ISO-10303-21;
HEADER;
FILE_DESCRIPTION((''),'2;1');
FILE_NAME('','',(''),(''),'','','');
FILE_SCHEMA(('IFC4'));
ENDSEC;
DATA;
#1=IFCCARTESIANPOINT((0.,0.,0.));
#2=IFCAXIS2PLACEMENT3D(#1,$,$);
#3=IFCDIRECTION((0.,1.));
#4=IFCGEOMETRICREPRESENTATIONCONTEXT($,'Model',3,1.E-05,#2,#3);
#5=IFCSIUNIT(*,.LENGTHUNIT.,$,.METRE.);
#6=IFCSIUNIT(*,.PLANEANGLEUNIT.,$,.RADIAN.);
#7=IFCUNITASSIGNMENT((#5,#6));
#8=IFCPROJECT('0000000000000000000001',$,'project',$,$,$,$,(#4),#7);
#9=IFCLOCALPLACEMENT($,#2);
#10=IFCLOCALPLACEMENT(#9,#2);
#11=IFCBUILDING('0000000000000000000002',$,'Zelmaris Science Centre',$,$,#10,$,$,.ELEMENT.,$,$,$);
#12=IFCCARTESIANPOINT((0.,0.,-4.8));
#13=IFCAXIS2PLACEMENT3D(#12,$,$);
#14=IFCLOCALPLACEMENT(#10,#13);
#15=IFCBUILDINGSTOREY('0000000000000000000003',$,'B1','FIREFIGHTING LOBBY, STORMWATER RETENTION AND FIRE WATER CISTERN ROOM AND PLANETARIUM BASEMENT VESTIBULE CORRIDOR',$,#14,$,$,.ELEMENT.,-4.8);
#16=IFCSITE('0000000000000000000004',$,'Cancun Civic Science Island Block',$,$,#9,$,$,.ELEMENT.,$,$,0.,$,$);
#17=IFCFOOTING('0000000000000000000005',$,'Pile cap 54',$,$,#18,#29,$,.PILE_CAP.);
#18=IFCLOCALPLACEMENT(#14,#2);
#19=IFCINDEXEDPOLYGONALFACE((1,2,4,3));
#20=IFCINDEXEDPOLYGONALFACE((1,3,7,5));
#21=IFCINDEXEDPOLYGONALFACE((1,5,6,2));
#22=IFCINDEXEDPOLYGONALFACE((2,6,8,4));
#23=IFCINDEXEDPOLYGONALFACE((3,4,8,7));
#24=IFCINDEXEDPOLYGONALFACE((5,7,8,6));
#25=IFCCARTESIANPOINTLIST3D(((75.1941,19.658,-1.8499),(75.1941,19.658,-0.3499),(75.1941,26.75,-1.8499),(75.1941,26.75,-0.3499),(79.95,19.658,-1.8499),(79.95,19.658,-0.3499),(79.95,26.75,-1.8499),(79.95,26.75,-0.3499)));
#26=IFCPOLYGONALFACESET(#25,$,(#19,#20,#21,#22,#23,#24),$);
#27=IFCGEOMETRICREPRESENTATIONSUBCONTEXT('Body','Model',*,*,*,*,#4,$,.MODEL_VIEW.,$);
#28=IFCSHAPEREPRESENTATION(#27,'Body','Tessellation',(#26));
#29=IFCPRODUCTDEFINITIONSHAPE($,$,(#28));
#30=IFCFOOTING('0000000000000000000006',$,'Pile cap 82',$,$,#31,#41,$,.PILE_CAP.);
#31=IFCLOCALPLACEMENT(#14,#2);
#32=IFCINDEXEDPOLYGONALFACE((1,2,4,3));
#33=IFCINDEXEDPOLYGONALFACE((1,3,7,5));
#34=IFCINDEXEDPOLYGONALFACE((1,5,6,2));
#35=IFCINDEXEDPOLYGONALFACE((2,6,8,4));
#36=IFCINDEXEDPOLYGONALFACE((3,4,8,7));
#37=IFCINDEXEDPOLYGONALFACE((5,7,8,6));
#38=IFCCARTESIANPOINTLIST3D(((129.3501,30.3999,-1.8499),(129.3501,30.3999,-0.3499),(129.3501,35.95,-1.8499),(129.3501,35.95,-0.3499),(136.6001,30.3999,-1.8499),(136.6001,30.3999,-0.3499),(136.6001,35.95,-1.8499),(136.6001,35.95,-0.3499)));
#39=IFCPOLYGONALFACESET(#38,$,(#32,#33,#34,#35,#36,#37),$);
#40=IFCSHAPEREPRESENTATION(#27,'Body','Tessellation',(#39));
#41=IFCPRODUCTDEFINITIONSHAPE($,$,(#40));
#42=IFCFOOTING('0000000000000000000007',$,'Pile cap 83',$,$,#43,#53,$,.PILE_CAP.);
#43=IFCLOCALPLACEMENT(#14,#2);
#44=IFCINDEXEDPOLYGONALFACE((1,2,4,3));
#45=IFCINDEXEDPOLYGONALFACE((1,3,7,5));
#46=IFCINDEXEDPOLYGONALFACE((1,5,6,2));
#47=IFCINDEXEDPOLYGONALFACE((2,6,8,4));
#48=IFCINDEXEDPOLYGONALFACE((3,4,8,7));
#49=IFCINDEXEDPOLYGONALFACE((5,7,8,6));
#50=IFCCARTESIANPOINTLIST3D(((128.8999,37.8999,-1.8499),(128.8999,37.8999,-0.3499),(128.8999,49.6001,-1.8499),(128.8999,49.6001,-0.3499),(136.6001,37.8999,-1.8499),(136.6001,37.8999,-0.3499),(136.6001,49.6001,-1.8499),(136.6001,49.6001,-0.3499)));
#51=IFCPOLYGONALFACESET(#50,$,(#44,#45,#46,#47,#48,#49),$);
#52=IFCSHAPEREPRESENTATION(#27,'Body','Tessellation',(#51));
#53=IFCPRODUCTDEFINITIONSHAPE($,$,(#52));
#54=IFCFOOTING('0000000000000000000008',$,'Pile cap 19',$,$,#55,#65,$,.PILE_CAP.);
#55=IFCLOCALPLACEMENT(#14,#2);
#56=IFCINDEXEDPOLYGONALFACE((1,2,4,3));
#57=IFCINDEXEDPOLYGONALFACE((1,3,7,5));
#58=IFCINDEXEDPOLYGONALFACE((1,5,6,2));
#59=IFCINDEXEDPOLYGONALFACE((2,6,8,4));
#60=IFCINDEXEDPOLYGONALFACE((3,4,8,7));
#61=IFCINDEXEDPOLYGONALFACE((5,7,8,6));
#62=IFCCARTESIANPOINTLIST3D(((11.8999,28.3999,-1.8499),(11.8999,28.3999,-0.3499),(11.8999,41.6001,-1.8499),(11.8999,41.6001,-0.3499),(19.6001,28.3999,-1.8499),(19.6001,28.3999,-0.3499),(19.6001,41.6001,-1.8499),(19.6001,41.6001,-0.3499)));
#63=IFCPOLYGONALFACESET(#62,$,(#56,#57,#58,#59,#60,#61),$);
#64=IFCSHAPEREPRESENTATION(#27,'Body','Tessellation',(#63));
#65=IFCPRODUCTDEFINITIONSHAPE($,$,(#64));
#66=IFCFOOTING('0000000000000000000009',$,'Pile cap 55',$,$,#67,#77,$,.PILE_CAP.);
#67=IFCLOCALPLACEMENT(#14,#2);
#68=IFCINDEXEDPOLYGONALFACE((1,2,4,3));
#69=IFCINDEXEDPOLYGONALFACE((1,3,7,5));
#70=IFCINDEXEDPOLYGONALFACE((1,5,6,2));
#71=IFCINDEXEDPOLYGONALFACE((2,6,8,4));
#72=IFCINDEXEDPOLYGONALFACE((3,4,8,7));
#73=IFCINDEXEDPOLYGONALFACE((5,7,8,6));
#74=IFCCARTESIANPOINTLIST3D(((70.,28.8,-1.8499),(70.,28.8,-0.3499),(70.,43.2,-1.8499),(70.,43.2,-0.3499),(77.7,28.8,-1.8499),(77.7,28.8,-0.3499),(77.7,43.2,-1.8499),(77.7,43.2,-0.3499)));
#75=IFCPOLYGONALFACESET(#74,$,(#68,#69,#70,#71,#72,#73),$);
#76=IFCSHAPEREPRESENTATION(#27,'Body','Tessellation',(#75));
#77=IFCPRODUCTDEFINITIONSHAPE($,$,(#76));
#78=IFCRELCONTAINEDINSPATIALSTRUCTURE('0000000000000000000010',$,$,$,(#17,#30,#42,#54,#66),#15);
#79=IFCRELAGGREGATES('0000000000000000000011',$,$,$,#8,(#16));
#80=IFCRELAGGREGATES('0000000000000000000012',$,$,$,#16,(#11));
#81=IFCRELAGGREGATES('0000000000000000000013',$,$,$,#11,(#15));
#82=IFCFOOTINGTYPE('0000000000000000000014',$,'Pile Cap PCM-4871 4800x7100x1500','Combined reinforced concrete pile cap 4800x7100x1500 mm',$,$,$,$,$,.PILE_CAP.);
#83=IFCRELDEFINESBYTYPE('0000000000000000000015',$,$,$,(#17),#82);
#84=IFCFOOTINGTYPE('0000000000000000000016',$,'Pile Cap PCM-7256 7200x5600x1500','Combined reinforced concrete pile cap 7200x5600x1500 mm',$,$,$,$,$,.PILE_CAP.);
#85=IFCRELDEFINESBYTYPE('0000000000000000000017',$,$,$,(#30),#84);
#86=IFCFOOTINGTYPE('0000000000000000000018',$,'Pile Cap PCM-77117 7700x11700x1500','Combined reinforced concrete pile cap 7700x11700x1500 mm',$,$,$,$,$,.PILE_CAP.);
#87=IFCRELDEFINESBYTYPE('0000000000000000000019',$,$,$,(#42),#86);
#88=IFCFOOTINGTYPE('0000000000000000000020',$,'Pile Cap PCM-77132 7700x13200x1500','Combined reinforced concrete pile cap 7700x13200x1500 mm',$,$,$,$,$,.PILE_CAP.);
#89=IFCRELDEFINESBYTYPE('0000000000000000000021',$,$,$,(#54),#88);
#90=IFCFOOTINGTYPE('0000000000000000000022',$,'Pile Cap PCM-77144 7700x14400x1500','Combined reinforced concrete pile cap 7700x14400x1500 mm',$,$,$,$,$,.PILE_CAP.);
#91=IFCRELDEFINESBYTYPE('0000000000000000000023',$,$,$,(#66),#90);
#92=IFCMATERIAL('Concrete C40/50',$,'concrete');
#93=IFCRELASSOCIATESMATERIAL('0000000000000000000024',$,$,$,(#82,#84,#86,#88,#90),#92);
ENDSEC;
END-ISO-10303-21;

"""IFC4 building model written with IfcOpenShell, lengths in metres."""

from ifc_helpers import new_model, si_unit, direction, frame, origin, place, context, subcontext, project, spatial, polyline, outline, extrude, material, type_object, element, save


model = new_model("IFC4")

# Units and contexts
model_context = context("Model", 3, precision=1e-05, world=origin(), true_north=direction((0.0, 1.0)))
body_context = subcontext(model_context, "Body", "Model", "MODEL_VIEW")
ifc_project = project(units=[si_unit("LENGTHUNIT", "METRE"), si_unit("PLANEANGLEUNIT", "RADIAN")], contexts=[model_context])

# Site, building, storey
site_placement = place(None, origin())
site = spatial("IfcSite", under=ifc_project, at=site_placement, Name="Cancun Civic Science Island Block", CompositionType="ELEMENT", RefElevation=0.0)
building_placement = place(site_placement, origin())
building = spatial("IfcBuilding", under=site, at=building_placement, Name="Zelmaris Science Centre", CompositionType="ELEMENT")
storey_placement = place(building_placement, frame((0.0, 0.0, -4.8)))
storey = spatial("IfcBuildingStorey", under=building, at=storey_placement, Name="B1", Description="FIREFIGHTING LOBBY, STORMWATER RETENTION AND FIRE WATER CISTERN ROOM AND PLANETARIUM BASEMENT VESTIBULE CORRIDOR", CompositionType="ELEMENT", Elevation=-4.8)

# Footings
ifc_material = material(Name="Concrete C40/50", Category="concrete")
footing_type_1 = type_object("IfcFootingType", Name="Pile Cap PCM-4871 4800x7100x1500", Description="Combined reinforced concrete pile cap 4800x7100x1500 mm", PredefinedType="PILE_CAP", material=ifc_material)
footing_1_placement = place(storey_placement, frame((0.0, 0.0, -1.8499)))
element("IfcFooting", 1, at=footing_1_placement, inside=storey, type_object=footing_type_1, Name="Pile cap 54", PredefinedType="PILE_CAP", context=body_context, shape_type="SweptSolid", body=[
    extrude(outline(polyline([(75.1941, 19.658), (79.95, 19.658), (79.95, 26.75), (75.1941, 26.75), (75.1941, 19.658)])), origin(), (0.0, 0.0, 1.0), 1.5),
])
footing_type_2 = type_object("IfcFootingType", Name="Pile Cap PCM-7256 7200x5600x1500", Description="Combined reinforced concrete pile cap 7200x5600x1500 mm", PredefinedType="PILE_CAP", material=ifc_material)
footing_2_placement = place(storey_placement, frame((0.0, 0.0, -1.8499)))
element("IfcFooting", 2, at=footing_2_placement, inside=storey, type_object=footing_type_2, Name="Pile cap 82", PredefinedType="PILE_CAP", context=body_context, shape_type="SweptSolid", body=[
    extrude(outline(polyline([(129.3501, 30.3999), (136.6001, 30.3999), (136.6001, 35.95), (129.3501, 35.95), (129.3501, 30.3999)])), origin(), (0.0, 0.0, 1.0), 1.5),
])
footing_type_3 = type_object("IfcFootingType", Name="Pile Cap PCM-77117 7700x11700x1500", Description="Combined reinforced concrete pile cap 7700x11700x1500 mm", PredefinedType="PILE_CAP", material=ifc_material)
footing_3_placement = place(storey_placement, frame((0.0, 0.0, -1.8499)))
element("IfcFooting", 3, at=footing_3_placement, inside=storey, type_object=footing_type_3, Name="Pile cap 83", PredefinedType="PILE_CAP", context=body_context, shape_type="SweptSolid", body=[
    extrude(outline(polyline([(128.8999, 37.8999), (136.6001, 37.8999), (136.6001, 49.6001), (128.8999, 49.6001), (128.8999, 37.8999)])), origin(), (0.0, 0.0, 1.0), 1.5),
])
footing_type_4 = type_object("IfcFootingType", Name="Pile Cap PCM-77132 7700x13200x1500", Description="Combined reinforced concrete pile cap 7700x13200x1500 mm", PredefinedType="PILE_CAP", material=ifc_material)
footing_4_placement = place(storey_placement, frame((0.0, 0.0, -1.8499)))
element("IfcFooting", 4, at=footing_4_placement, inside=storey, type_object=footing_type_4, Name="Pile cap 19", PredefinedType="PILE_CAP", context=body_context, shape_type="SweptSolid", body=[
    extrude(outline(polyline([(11.8999, 28.3999), (19.6001, 28.3999), (19.6001, 41.6001), (11.8999, 41.6001), (11.8999, 28.3999)])), origin(), (0.0, 0.0, 1.0), 1.5),
])
footing_type_5 = type_object("IfcFootingType", Name="Pile Cap PCM-77144 7700x14400x1500", Description="Combined reinforced concrete pile cap 7700x14400x1500 mm", PredefinedType="PILE_CAP", material=ifc_material)
footing_5_placement = place(storey_placement, frame((0.0, 0.0, -1.8499)))
element("IfcFooting", 5, at=footing_5_placement, inside=storey, type_object=footing_type_5, Name="Pile cap 55", PredefinedType="PILE_CAP", context=body_context, shape_type="SweptSolid", body=[
    extrude(outline(polyline([(70.0, 28.8), (77.7, 28.8), (77.7, 43.2), (70.0, 43.2), (70.0, 28.8)])), origin(), (0.0, 0.0, 1.0), 1.5),
])

save(model, "model.ifc")
